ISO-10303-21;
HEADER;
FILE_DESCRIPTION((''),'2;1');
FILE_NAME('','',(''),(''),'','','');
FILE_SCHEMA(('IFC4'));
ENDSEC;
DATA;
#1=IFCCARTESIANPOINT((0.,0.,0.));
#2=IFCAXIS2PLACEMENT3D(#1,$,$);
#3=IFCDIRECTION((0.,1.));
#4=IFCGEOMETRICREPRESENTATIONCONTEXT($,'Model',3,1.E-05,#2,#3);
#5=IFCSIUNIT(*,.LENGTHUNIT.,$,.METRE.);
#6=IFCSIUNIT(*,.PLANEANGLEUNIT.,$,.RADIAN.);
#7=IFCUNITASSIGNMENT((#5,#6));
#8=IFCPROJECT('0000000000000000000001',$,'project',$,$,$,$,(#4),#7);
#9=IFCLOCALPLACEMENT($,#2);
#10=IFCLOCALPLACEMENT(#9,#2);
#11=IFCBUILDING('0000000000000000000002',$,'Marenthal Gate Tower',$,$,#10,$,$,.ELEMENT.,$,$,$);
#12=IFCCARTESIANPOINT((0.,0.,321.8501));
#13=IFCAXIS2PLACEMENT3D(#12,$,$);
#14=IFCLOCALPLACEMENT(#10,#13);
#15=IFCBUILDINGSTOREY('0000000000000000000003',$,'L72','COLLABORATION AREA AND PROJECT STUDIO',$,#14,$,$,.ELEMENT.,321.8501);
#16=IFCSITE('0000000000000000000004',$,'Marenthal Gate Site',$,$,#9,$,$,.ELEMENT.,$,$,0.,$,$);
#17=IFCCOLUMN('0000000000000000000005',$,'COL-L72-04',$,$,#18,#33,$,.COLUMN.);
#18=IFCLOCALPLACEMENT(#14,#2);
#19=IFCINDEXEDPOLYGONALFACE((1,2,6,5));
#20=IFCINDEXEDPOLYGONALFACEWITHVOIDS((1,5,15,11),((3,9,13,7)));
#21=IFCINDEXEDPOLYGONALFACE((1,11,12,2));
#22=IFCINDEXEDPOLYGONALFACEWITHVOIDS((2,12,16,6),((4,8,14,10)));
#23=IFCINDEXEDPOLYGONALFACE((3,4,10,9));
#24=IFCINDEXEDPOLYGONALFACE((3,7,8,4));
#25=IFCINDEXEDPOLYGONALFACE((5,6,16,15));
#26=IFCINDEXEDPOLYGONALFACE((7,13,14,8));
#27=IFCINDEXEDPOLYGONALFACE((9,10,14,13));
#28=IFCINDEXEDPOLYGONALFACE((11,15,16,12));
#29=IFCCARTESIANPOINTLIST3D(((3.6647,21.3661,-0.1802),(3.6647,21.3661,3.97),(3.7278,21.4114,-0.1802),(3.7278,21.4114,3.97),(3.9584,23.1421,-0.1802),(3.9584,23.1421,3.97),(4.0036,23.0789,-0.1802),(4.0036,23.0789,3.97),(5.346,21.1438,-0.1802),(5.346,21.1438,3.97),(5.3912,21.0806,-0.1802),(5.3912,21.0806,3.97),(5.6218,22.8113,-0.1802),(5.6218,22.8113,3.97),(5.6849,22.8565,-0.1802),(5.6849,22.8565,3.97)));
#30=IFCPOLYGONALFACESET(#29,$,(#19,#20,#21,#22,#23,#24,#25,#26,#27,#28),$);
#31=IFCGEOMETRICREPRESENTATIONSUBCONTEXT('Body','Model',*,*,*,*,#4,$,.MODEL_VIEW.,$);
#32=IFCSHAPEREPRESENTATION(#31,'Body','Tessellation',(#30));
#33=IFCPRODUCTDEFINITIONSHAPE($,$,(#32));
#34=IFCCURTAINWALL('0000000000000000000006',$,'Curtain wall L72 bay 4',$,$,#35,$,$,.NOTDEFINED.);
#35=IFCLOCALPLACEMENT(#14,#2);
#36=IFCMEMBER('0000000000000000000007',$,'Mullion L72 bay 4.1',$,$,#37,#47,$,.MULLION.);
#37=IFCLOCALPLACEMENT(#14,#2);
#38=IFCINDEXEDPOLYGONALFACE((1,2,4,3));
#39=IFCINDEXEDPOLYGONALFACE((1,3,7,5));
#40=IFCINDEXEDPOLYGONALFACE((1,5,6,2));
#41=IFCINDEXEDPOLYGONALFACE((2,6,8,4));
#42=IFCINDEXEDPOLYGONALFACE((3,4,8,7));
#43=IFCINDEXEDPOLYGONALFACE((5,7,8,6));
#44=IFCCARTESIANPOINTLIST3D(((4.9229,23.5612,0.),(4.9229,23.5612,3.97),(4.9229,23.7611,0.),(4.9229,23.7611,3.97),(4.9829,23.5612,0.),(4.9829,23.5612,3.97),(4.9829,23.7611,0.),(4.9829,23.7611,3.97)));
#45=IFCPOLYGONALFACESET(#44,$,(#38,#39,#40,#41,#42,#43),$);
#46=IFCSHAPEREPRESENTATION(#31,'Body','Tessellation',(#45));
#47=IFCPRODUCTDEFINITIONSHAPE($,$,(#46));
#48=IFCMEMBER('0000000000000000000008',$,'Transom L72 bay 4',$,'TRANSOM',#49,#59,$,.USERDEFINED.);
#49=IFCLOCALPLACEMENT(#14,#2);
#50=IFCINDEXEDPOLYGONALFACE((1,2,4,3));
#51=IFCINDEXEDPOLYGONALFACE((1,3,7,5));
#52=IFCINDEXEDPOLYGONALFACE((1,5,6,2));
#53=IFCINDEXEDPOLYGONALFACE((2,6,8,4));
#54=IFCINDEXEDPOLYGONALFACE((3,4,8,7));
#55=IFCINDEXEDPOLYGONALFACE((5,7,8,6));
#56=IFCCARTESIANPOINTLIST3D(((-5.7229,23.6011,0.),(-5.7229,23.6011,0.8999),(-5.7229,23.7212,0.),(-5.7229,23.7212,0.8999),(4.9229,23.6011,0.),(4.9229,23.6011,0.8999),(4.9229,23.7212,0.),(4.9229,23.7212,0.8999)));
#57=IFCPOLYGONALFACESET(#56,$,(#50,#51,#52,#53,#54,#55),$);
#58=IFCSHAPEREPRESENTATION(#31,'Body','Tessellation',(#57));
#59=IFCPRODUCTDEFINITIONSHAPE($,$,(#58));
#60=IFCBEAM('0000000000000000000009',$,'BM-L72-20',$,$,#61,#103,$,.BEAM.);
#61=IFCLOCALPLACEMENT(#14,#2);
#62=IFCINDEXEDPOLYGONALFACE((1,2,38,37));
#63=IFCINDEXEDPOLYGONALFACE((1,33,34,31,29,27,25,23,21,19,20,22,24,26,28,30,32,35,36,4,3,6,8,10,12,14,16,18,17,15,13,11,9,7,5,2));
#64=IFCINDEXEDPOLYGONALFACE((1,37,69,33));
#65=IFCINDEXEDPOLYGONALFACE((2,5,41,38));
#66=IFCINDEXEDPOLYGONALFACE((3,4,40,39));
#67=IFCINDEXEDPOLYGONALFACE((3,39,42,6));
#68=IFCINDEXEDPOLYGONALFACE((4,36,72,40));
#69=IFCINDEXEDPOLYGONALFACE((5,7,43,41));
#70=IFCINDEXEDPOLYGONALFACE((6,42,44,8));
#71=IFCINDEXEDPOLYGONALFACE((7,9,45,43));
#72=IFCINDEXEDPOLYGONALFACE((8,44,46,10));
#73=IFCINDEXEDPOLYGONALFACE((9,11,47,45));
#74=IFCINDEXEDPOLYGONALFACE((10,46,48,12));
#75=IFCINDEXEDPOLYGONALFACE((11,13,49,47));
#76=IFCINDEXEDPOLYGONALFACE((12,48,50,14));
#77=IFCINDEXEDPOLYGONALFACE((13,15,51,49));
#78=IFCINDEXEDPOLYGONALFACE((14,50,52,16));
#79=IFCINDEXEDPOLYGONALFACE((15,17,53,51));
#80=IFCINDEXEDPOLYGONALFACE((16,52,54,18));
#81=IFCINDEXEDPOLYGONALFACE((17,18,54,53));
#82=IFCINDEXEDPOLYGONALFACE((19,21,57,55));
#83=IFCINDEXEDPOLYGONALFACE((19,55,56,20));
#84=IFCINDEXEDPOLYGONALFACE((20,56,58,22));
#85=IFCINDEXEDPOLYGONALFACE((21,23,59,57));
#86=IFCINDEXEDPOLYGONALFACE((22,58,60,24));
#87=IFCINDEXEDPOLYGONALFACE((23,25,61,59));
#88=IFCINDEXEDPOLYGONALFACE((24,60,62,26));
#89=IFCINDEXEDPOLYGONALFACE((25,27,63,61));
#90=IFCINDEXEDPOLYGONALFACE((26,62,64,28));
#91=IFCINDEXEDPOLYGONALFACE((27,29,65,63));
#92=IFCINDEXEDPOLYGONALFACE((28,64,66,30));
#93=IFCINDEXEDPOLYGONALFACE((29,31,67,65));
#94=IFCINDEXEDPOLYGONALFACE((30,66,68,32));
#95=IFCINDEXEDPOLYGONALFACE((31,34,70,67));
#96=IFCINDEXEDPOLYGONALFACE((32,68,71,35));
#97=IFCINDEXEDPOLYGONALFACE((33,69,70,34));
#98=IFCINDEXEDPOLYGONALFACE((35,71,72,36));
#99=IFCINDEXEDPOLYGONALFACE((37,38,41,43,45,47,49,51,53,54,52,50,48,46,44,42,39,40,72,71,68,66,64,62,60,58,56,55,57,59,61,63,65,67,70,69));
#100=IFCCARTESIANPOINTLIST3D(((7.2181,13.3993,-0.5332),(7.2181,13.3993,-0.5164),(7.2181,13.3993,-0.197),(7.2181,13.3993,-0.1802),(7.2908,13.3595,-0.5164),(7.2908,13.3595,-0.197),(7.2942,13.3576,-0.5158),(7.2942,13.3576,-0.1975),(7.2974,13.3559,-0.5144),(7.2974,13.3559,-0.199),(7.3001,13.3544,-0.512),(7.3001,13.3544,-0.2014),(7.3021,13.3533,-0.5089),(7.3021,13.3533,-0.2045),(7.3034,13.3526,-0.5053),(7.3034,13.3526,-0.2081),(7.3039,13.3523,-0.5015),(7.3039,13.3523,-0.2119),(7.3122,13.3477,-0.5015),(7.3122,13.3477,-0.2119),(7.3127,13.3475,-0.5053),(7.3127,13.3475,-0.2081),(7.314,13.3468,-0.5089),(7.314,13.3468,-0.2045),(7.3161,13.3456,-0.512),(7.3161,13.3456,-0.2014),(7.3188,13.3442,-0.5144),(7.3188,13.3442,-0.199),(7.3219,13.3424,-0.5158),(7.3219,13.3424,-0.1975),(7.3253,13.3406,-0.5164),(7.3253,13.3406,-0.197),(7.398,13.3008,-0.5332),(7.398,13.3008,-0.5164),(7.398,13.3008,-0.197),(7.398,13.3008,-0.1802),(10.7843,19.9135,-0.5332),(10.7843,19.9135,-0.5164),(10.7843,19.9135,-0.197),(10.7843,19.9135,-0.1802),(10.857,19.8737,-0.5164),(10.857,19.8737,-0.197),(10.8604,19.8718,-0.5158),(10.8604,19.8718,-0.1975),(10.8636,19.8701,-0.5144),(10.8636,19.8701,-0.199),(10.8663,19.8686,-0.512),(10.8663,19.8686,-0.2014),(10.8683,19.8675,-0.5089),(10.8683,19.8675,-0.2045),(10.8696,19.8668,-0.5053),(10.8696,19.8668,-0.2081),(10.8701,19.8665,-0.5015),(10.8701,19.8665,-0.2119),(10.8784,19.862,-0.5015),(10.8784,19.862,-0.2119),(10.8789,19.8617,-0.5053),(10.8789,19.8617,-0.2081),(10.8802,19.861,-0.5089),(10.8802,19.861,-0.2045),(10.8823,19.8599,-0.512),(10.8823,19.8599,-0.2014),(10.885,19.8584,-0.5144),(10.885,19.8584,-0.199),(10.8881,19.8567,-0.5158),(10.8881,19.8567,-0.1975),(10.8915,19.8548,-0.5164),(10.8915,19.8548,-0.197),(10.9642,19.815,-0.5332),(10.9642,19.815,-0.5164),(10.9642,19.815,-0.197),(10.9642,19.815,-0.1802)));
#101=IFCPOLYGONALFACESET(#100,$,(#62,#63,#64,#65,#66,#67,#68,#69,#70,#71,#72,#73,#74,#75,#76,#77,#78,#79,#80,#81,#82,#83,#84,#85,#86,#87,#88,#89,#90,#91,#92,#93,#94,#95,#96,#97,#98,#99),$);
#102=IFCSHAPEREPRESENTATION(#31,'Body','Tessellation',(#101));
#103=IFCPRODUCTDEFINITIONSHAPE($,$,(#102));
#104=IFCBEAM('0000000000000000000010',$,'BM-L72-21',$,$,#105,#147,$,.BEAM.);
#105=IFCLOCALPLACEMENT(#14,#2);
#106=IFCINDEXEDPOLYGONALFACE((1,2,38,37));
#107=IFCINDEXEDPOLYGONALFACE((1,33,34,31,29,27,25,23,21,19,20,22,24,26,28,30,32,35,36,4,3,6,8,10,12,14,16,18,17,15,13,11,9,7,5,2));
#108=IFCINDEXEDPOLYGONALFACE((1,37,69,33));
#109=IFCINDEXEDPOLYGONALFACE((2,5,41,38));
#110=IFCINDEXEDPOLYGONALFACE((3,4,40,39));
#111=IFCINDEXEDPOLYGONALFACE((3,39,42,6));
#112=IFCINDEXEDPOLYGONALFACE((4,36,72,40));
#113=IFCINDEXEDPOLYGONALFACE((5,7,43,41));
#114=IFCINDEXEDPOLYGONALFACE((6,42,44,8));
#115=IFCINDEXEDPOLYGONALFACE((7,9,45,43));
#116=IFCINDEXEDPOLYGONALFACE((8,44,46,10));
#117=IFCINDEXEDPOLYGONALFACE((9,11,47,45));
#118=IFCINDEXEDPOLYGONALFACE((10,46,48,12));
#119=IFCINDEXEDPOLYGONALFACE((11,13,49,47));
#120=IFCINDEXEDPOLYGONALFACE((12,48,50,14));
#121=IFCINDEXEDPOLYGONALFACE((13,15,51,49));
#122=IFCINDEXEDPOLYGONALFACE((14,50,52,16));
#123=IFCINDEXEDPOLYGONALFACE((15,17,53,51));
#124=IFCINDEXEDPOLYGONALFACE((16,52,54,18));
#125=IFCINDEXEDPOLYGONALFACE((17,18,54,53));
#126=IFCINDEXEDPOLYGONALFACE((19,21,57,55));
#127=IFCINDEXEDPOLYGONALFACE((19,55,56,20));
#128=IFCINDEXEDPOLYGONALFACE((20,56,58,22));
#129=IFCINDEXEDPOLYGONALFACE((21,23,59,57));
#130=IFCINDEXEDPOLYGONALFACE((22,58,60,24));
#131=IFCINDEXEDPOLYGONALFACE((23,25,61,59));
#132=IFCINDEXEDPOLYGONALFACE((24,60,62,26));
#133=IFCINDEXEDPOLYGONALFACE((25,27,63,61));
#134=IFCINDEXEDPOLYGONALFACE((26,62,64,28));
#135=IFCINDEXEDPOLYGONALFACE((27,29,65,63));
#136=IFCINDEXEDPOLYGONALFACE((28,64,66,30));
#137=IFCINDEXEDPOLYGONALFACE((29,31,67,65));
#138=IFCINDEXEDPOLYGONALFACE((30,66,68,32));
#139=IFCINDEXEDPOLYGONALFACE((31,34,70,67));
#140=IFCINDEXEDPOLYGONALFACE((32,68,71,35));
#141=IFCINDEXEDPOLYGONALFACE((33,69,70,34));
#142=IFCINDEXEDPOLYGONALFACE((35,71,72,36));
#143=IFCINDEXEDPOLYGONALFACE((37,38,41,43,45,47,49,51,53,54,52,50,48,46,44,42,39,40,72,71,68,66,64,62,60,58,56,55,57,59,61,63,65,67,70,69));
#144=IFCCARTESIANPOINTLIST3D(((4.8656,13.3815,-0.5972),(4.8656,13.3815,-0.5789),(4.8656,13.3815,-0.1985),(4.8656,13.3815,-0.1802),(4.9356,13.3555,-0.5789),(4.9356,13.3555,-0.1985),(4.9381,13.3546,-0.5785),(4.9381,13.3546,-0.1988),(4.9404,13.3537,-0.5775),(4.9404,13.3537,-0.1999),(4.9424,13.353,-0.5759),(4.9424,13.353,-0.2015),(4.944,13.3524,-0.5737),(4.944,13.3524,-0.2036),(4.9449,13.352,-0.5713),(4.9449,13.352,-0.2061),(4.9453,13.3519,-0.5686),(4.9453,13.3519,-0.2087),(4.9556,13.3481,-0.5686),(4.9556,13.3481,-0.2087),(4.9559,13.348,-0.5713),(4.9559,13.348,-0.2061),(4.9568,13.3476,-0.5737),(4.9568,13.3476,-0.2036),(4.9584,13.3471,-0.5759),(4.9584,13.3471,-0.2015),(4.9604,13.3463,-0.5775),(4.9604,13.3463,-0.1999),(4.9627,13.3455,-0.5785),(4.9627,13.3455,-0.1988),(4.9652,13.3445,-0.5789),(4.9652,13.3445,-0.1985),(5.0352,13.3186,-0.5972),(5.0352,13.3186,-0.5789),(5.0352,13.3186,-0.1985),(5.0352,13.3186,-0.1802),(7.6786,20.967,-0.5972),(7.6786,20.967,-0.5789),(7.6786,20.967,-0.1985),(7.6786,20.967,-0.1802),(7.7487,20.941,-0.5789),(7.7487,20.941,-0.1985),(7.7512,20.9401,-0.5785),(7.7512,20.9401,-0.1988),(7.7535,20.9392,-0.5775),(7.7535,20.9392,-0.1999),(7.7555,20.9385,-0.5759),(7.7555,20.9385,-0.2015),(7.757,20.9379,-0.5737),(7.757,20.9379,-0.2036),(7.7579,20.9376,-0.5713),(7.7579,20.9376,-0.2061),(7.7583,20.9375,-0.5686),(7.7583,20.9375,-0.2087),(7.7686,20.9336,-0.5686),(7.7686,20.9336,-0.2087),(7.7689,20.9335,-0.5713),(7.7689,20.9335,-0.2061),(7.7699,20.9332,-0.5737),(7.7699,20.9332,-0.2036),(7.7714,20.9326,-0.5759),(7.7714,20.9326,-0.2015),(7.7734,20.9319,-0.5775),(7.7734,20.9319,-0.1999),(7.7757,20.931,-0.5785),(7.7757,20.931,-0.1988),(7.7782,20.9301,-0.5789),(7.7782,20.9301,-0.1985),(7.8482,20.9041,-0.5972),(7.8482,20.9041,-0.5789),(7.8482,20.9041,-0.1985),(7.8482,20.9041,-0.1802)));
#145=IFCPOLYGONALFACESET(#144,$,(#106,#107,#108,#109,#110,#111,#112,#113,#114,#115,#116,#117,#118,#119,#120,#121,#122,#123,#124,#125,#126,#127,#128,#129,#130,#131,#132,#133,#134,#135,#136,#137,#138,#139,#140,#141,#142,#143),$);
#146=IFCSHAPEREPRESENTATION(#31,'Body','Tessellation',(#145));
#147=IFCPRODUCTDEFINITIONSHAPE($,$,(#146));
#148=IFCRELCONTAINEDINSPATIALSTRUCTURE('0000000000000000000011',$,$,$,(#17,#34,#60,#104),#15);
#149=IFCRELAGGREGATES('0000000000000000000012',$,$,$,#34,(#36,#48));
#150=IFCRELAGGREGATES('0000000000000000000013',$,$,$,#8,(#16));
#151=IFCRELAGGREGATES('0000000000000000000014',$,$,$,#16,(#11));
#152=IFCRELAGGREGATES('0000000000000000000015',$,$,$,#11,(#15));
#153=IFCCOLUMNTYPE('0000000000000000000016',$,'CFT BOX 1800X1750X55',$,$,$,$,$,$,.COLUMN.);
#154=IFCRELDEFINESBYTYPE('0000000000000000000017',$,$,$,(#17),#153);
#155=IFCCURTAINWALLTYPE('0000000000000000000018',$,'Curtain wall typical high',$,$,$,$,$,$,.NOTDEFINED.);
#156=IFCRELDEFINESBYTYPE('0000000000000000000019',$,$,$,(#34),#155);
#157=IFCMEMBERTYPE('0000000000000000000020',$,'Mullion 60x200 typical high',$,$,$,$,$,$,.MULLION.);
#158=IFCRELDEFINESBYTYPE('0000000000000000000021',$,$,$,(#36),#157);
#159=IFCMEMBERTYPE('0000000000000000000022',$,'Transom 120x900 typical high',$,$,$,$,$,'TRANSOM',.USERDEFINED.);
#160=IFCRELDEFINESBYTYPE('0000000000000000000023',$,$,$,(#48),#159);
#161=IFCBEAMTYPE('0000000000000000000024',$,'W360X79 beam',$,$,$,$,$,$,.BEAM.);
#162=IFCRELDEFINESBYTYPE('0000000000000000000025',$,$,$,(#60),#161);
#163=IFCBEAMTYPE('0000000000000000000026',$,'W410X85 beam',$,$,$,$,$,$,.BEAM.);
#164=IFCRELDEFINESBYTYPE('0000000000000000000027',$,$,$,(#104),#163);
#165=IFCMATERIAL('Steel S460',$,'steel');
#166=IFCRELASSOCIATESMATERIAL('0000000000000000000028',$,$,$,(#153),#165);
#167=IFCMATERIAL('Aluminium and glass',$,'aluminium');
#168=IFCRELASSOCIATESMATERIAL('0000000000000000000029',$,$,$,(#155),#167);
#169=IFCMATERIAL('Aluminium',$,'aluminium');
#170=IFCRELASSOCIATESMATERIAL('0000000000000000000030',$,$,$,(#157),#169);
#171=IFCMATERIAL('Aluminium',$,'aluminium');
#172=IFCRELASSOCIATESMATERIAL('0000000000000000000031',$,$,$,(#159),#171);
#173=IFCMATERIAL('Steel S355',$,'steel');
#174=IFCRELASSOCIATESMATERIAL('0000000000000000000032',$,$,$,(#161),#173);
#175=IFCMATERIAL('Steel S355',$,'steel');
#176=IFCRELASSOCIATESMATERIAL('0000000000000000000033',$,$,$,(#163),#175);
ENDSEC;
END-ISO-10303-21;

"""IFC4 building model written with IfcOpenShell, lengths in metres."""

from ifc_helpers import new_model, si_unit, direction, frame, origin, origin_2d, place, context, subcontext, project, spatial, rectangle, hollow_rectangle, i_section, extrude, material, material_profile, profile_set, type_object, element, aggregate, save


model = new_model("IFC4")

# Units and contexts
model_context = context("Model", 3, precision=1e-05, world=origin(), true_north=direction((0.0, 1.0)))
body_context = subcontext(model_context, "Body", "Model", "MODEL_VIEW")
ifc_project = project(units=[si_unit("LENGTHUNIT", "METRE"), si_unit("PLANEANGLEUNIT", "RADIAN")], contexts=[model_context])

# Site, building, storey
site_placement = place(None, origin())
site = spatial("IfcSite", under=ifc_project, at=site_placement, Name="Marenthal Gate Site", CompositionType="ELEMENT", RefElevation=0.0)
building_placement = place(site_placement, origin())
building = spatial("IfcBuilding", under=site, at=building_placement, Name="Marenthal Gate Tower", CompositionType="ELEMENT")
storey_placement = place(building_placement, frame((0.0, 0.0, 321.8501)))
storey = spatial("IfcBuildingStorey", under=building, at=storey_placement, Name="L72", Description="COLLABORATION AREA AND PROJECT STUDIO", CompositionType="ELEMENT", Elevation=321.8501)

# Column
ifc_material_1 = material(Name="Steel S460", Category="steel")
ifc_material_profile_1 = material_profile(ifc_material_1, hollow_rectangle(XDim=1.75, YDim=1.8, WallThickness=0.0549, at=origin_2d()), Name="CFT BOX 1800X1750X55")
ifc_material_2 = material(Name="Concrete 70 MPa", Category="concrete")
ifc_material_profile_2 = material_profile(ifc_material_2, rectangle(XDim=1.6399, YDim=1.6899, at=origin_2d()), Name="CFT BOX 1800X1750X55 INFILL")
ifc_profile_set_1 = profile_set([ifc_material_profile_1, ifc_material_profile_2], Name="Steel S460 shell, Concrete 70 MPa infill")
column_type = type_object("IfcColumnType", Name="CFT BOX 1800X1750X55", PredefinedType="COLUMN", material=ifc_profile_set_1)
column_placement = place(storey_placement, frame((4.6748, 22.1113, -0.1802), z_axis=(0.0, 0.0, 1.0), x_axis=(0.986599, -0.163164, 0.0)))
element("IfcColumn", 1, at=column_placement, inside=storey, type_object=column_type, Name="COL-L72-04", PredefinedType="COLUMN", context=body_context, shape_type="SweptSolid", body=[
    extrude(hollow_rectangle(XDim=1.75, YDim=1.8, WallThickness=0.0549, at=origin_2d()), origin(), (0.0, 0.0, 1.0), 4.1501),
])

# Curtain wall, members
ifc_material_3 = material(Name="Aluminium and glass", Category="aluminium")
curtain_wall_type = type_object("IfcCurtainWallType", Name="Curtain wall typical high", PredefinedType="NOTDEFINED", material=ifc_material_3)
curtain_wall_placement = place(storey_placement, origin())
curtain_wall = element("IfcCurtainWall", 2, at=curtain_wall_placement, inside=storey, type_object=curtain_wall_type, Name="Curtain wall L72 bay 4", PredefinedType="NOTDEFINED")
ifc_material_4 = material(Name="Aluminium", Category="aluminium")
ifc_material_profile_3 = material_profile(ifc_material_4, rectangle(XDim=0.2, YDim=0.0601, at=origin_2d()), Name="60x200 aluminium mullion")
ifc_profile_set_2 = profile_set([ifc_material_profile_3], Name="Aluminium")
member_type_1 = type_object("IfcMemberType", Name="Mullion 60x200 typical high", PredefinedType="MULLION", material=ifc_profile_set_2)
member_1_placement = place(storey_placement, frame((4.9529, 23.6611, 0.0), z_axis=(0.0, 0.0, 1.0), x_axis=(0.0, -1.0, 0.0)))
member_1 = element("IfcMember", 3, at=member_1_placement, type_object=member_type_1, Name="Mullion L72 bay 4.1", PredefinedType="MULLION", context=body_context, shape_type="SweptSolid", body=[
    extrude(rectangle(XDim=0.2, YDim=0.0601, at=origin_2d()), origin(), (0.0, 0.0, 1.0), 3.97),
])
ifc_material_5 = material(Name="Aluminium", Category="aluminium")
ifc_material_profile_4 = material_profile(ifc_material_5, rectangle(XDim=0.1201, YDim=0.8999, at=origin_2d()), Name="120x900 aluminium transom")
ifc_profile_set_3 = profile_set([ifc_material_profile_4], Name="Aluminium")
member_type_2 = type_object("IfcMemberType", Name="Transom 120x900 typical high", ElementType="TRANSOM", PredefinedType="USERDEFINED", material=ifc_profile_set_3)
member_2_placement = place(storey_placement, frame((4.9229, 23.6611, 0.45), z_axis=(-1.0, 0.0, 0.0), x_axis=(0.0, -1.0, 0.0)))
member_2 = element("IfcMember", 4, at=member_2_placement, type_object=member_type_2, Name="Transom L72 bay 4", ObjectType="TRANSOM", PredefinedType="USERDEFINED", context=body_context, shape_type="SweptSolid", body=[
    extrude(rectangle(XDim=0.1201, YDim=0.8999, at=origin_2d()), origin(), (0.0, 0.0, 1.0), 10.6458),
])

# Beams
ifc_material_6 = material(Name="Steel S355", Category="steel")
ifc_material_profile_5 = material_profile(ifc_material_6, i_section(OverallWidth=0.2051, OverallDepth=0.353, WebThickness=0.0095, FlangeThickness=0.0168, FilletRadius=0.0149, at=origin_2d()), Name="W360X79")
ifc_profile_set_4 = profile_set([ifc_material_profile_5], Name="Steel S355")
beam_type_1 = type_object("IfcBeamType", Name="W360X79 beam", PredefinedType="BEAM", material=ifc_profile_set_4)
beam_1_placement = place(storey_placement, frame((10.8743, 19.8643, -0.3567), z_axis=(-0.480199, -0.87716, 0.0), x_axis=(0.87716, -0.480199, 0.0)))
element("IfcBeam", 5, at=beam_1_placement, inside=storey, type_object=beam_type_1, Name="BM-L72-20", PredefinedType="BEAM", context=body_context, shape_type="SweptSolid", body=[
    extrude(i_section(OverallWidth=0.2051, OverallDepth=0.353, WebThickness=0.0095, FlangeThickness=0.0168, FilletRadius=0.0149, at=origin_2d()), origin(), (0.0, 0.0, 1.0), 7.4265),
])
ifc_material_7 = material(Name="Steel S355", Category="steel")
ifc_material_profile_6 = material_profile(ifc_material_7, i_section(OverallWidth=0.1809, OverallDepth=0.417, WebThickness=0.011, FlangeThickness=0.0183, FilletRadius=0.0103, at=origin_2d()), Name="W410X85")
ifc_profile_set_5 = profile_set([ifc_material_profile_6], Name="Steel S355")
beam_type_2 = type_object("IfcBeamType", Name="W410X85 beam", PredefinedType="BEAM", material=ifc_profile_set_5)
beam_2_placement = place(storey_placement, frame((7.7634, 20.9355, -0.3887), z_axis=(-0.347702, -0.937605, 0.0), x_axis=(0.937605, -0.347702, 0.0)))
element("IfcBeam", 6, at=beam_2_placement, inside=storey, type_object=beam_type_2, Name="BM-L72-21", PredefinedType="BEAM", context=body_context, shape_type="SweptSolid", body=[
    extrude(i_section(OverallWidth=0.1809, OverallDepth=0.417, WebThickness=0.011, FlangeThickness=0.0183, FilletRadius=0.0103, at=origin_2d()), origin(), (0.0, 0.0, 1.0), 8.0903),
])

aggregate(curtain_wall, [member_1, member_2])

save(model, "model.ifc")
